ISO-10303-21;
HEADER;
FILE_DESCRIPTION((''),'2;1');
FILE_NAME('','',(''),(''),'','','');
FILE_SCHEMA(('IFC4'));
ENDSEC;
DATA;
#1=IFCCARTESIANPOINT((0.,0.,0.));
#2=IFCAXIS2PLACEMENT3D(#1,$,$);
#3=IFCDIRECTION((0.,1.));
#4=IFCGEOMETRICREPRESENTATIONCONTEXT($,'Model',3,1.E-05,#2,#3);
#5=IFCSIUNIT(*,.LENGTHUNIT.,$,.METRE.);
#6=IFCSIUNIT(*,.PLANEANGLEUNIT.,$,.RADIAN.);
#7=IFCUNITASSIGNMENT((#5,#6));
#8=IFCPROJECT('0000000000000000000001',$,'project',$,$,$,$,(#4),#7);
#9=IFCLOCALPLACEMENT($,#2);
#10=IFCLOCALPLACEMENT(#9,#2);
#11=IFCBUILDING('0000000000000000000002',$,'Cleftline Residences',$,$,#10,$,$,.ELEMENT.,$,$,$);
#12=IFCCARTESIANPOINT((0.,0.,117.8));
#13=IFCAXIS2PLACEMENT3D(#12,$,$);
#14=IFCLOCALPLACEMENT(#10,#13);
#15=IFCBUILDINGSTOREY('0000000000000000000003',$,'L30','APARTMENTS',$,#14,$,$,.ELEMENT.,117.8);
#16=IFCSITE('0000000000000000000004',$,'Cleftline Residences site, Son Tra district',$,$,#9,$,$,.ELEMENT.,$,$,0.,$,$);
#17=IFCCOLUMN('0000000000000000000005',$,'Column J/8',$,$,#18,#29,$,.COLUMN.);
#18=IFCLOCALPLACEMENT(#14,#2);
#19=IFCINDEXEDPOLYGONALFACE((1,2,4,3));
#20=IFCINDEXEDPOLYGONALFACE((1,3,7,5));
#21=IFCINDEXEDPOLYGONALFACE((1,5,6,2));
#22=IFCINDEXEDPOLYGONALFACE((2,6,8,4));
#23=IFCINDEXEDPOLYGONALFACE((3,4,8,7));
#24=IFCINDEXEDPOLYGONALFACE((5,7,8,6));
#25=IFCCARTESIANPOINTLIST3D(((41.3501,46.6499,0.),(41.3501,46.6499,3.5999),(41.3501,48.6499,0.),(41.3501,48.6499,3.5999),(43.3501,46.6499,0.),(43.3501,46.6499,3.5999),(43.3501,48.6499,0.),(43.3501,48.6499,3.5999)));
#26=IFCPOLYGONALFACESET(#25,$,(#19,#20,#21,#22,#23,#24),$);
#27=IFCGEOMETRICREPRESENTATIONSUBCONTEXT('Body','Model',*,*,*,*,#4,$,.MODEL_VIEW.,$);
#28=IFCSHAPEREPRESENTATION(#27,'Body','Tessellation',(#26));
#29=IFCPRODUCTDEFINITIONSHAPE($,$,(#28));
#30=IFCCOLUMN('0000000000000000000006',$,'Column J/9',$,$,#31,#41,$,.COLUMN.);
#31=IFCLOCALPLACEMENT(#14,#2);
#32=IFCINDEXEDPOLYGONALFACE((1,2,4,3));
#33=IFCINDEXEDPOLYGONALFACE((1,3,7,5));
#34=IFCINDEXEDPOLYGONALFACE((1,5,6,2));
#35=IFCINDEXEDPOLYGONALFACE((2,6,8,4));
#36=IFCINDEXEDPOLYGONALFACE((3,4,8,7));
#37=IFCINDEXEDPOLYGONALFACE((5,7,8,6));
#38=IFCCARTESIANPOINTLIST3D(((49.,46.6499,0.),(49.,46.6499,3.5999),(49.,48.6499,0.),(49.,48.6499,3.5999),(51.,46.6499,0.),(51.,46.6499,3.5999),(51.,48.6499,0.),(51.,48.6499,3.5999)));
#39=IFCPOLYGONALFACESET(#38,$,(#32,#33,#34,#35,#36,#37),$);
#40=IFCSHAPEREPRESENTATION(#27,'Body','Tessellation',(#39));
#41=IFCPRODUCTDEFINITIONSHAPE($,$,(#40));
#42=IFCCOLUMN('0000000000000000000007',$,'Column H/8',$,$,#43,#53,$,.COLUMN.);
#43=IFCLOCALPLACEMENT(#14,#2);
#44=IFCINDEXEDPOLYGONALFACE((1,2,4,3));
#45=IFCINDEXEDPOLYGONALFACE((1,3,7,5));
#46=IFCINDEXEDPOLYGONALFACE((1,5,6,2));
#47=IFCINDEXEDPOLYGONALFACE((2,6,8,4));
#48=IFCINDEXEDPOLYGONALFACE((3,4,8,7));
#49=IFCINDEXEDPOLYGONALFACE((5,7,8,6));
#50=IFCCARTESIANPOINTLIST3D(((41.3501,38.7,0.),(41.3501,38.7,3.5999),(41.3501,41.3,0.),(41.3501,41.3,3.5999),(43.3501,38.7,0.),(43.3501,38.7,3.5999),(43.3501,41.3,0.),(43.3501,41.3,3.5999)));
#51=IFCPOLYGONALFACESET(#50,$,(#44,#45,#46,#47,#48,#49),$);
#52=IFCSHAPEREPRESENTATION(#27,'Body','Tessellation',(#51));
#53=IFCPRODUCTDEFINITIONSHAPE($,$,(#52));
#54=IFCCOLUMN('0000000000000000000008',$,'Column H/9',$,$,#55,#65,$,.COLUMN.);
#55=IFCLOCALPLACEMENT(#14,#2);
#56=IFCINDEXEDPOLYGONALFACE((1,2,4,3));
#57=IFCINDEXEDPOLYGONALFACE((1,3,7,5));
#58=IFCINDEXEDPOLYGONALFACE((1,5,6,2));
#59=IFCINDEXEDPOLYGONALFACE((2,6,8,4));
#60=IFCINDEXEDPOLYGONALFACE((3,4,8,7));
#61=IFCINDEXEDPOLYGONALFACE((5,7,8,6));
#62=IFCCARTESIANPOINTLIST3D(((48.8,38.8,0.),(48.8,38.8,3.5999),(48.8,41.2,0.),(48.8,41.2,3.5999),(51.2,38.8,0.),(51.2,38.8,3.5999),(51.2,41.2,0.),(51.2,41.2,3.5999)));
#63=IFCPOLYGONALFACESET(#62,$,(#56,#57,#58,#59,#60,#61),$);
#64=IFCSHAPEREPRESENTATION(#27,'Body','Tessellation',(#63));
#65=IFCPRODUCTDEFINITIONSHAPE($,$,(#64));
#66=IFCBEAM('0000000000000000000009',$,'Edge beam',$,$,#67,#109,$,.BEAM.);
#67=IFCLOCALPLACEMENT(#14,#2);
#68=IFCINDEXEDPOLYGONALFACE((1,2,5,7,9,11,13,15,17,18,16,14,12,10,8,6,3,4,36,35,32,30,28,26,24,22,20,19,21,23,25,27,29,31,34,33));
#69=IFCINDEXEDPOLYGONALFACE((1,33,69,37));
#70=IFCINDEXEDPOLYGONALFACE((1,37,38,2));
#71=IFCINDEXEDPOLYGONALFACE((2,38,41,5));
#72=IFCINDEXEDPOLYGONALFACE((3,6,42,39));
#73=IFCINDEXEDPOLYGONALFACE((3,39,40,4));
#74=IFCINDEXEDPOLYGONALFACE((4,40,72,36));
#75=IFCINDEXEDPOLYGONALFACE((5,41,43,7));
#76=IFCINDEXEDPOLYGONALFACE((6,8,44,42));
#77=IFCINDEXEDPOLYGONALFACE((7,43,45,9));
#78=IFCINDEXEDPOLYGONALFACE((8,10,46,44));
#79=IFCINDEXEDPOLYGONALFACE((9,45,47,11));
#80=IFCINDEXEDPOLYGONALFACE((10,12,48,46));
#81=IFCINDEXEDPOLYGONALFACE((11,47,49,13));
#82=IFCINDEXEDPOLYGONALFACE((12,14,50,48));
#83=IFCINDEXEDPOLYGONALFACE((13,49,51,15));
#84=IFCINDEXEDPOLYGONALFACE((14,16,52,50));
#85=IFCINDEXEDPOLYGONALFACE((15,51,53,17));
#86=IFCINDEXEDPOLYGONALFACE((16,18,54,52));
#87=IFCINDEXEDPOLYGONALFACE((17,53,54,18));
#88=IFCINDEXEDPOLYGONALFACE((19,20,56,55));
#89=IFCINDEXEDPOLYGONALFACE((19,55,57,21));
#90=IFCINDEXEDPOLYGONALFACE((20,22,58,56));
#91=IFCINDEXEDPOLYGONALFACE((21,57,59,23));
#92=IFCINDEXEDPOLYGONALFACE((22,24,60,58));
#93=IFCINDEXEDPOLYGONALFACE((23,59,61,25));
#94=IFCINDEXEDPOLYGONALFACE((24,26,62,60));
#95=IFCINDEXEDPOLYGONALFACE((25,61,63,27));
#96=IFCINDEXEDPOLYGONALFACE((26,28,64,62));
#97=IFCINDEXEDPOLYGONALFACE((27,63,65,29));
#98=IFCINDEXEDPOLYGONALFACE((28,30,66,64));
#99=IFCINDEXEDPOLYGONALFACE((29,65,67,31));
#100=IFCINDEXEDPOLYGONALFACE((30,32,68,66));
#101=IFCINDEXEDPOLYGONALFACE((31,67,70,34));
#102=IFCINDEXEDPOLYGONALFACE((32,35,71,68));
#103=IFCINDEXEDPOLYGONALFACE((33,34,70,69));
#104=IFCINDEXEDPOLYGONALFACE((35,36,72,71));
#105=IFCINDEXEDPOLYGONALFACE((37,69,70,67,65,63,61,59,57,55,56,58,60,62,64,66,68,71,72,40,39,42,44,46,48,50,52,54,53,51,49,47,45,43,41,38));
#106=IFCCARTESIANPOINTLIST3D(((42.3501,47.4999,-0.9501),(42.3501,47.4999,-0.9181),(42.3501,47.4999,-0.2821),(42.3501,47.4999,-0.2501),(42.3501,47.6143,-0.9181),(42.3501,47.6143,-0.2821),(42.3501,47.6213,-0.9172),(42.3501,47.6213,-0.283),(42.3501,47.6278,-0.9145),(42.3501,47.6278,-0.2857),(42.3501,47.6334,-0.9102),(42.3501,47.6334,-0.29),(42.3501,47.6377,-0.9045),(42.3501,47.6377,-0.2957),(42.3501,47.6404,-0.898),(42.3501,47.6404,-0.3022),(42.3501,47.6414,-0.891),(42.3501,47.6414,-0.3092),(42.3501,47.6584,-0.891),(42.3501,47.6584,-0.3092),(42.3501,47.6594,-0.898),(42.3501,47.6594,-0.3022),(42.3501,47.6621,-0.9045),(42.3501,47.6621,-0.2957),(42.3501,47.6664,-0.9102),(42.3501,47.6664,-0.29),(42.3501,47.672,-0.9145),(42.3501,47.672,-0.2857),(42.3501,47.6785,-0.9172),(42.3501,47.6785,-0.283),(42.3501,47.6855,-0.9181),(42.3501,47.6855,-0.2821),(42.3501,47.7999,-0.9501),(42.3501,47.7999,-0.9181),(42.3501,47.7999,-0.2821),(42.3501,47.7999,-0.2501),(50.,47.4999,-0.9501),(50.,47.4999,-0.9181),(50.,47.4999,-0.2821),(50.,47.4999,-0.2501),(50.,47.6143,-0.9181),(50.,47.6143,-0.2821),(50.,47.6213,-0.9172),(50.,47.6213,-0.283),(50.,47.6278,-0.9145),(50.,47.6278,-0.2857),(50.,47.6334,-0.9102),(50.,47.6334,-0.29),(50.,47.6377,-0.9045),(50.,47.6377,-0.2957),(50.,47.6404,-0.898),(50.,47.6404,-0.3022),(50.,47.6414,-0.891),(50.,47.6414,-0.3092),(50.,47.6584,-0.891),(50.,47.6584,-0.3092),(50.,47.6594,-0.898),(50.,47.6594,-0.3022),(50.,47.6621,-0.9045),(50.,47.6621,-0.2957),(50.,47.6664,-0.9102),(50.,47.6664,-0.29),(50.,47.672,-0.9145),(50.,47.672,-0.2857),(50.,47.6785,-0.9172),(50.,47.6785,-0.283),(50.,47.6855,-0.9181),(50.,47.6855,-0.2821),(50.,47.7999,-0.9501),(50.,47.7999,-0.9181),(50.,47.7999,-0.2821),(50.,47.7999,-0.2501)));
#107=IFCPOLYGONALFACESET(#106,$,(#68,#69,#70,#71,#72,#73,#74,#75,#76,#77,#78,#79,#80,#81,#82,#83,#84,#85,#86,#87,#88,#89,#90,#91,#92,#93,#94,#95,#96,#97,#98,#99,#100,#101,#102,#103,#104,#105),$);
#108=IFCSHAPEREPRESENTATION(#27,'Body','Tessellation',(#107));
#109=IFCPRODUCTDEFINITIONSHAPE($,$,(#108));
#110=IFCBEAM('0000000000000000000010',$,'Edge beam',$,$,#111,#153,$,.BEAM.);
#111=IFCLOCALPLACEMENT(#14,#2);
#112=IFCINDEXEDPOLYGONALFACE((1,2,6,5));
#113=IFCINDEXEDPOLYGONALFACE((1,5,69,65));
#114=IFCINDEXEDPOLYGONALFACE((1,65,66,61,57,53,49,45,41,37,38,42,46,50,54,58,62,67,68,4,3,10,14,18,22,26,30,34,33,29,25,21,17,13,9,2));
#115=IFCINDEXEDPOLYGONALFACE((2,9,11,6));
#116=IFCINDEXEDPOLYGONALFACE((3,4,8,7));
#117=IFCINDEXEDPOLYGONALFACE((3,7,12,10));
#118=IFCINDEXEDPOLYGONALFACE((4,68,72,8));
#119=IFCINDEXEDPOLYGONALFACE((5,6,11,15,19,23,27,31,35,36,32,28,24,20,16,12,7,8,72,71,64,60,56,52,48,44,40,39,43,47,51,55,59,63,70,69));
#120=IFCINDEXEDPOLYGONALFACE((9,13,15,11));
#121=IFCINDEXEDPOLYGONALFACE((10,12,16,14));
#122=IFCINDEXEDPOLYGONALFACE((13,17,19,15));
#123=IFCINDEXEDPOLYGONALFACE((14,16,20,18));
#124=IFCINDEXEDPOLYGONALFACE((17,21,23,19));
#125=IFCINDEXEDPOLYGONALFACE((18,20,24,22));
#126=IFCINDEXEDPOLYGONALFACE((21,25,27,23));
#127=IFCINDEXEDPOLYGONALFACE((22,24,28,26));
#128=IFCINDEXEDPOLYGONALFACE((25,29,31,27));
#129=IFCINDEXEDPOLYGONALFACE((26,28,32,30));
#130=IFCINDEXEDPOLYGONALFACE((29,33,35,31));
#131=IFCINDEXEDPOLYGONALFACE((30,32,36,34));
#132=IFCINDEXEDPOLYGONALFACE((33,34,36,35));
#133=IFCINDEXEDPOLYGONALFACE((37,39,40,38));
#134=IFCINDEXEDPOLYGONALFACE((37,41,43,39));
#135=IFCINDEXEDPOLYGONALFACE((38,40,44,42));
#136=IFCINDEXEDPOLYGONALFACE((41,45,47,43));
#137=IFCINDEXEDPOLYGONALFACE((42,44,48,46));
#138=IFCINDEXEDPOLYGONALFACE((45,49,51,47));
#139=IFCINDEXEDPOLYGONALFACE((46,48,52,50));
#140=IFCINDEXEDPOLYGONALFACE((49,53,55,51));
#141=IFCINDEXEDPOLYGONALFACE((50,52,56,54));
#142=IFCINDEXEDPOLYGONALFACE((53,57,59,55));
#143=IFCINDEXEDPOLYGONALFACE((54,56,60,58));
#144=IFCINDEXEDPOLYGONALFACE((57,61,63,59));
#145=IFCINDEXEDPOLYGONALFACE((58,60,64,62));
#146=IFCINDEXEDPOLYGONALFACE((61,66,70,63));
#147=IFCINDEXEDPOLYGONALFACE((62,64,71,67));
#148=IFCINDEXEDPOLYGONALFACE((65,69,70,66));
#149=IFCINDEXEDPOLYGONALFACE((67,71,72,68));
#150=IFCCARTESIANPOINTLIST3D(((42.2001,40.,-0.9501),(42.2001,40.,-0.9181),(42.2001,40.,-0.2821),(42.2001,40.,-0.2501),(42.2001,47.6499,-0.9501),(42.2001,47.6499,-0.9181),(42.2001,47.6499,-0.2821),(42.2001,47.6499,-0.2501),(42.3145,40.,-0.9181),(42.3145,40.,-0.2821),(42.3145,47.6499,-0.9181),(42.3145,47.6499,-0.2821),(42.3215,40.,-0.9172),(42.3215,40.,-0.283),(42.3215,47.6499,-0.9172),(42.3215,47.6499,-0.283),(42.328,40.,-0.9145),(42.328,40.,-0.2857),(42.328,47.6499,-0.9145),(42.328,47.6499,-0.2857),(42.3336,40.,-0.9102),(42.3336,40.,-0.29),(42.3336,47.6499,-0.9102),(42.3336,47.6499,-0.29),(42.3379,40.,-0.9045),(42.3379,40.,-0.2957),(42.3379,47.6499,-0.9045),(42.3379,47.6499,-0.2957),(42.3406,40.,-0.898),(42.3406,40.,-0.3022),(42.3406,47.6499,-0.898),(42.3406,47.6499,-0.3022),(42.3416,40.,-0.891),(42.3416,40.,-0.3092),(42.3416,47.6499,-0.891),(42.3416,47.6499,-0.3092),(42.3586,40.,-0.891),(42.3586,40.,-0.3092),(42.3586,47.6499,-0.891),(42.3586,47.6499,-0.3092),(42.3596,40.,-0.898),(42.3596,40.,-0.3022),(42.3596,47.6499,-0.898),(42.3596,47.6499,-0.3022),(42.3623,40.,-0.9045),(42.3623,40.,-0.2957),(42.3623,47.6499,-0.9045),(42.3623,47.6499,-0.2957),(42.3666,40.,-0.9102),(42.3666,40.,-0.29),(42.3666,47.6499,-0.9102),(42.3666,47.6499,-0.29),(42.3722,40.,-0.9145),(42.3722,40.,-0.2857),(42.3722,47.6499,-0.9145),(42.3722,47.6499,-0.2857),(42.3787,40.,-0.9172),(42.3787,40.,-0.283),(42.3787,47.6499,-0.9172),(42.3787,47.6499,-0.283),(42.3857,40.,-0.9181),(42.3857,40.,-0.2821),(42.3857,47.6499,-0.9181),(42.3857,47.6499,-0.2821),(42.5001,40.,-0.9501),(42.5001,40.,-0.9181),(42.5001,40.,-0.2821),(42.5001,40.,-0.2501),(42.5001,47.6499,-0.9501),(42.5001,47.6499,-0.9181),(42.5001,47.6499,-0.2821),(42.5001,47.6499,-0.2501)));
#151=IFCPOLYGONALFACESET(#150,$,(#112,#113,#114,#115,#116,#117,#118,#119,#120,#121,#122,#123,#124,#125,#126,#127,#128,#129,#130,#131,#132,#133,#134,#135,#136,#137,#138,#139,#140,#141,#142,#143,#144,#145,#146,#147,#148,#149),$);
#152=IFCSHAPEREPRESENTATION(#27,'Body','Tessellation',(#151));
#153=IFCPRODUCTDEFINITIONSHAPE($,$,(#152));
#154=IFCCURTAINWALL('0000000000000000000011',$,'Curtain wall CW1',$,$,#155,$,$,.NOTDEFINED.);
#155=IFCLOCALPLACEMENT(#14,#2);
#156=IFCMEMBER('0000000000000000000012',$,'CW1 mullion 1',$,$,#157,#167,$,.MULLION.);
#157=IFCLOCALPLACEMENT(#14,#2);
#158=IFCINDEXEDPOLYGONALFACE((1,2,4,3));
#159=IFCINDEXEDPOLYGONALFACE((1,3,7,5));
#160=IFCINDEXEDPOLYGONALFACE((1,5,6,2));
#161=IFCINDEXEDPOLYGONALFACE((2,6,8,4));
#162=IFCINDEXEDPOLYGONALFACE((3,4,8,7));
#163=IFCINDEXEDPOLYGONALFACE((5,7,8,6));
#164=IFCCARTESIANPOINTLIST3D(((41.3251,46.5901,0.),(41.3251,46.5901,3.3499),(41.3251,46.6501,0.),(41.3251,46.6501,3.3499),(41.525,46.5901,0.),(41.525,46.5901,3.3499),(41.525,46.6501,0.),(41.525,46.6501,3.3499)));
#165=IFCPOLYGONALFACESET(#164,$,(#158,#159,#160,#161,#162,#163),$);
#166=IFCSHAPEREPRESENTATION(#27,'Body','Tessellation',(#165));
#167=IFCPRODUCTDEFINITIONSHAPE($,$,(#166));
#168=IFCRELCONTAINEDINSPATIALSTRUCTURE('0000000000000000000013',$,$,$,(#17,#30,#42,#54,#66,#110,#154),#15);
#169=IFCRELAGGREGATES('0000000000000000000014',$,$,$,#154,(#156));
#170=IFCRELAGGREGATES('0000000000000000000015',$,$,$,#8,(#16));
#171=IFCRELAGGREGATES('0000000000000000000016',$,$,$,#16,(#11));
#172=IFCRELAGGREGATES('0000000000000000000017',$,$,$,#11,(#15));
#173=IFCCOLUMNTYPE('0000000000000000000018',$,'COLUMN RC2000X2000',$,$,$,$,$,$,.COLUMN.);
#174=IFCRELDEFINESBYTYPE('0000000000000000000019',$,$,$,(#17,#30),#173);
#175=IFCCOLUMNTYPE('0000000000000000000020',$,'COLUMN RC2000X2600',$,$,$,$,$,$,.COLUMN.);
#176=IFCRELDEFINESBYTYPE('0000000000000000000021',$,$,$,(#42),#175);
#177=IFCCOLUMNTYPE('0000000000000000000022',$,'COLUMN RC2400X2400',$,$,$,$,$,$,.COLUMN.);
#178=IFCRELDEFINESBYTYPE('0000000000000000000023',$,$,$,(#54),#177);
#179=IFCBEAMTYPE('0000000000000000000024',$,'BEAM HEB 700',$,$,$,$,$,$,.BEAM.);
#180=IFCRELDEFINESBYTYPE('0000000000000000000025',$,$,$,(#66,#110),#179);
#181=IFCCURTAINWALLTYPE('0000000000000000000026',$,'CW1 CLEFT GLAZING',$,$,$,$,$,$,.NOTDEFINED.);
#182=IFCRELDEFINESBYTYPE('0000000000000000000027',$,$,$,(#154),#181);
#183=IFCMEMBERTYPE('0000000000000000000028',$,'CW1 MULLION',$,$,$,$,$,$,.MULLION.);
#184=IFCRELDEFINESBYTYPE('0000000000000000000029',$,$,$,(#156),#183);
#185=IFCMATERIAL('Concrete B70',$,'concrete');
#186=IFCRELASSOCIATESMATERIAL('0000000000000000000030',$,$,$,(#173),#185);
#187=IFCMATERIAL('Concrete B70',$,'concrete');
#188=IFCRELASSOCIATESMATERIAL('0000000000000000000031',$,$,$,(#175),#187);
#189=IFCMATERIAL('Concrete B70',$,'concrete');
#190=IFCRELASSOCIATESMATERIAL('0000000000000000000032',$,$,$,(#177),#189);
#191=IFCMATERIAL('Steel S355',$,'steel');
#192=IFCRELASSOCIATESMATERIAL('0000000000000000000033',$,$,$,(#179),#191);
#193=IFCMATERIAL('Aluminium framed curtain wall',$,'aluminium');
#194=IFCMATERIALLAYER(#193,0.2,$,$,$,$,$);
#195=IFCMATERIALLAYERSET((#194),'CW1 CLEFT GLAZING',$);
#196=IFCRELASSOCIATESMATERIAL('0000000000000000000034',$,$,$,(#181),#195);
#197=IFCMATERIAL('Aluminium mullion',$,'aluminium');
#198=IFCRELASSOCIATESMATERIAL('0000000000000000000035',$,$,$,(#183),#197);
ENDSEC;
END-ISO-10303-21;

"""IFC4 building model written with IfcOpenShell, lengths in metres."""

from ifc_helpers import new_model, si_unit, direction, frame, origin, origin_2d, place, context, subcontext, project, spatial, rectangle, i_section, extrude, material, layer, layer_set, material_profile, profile_set, type_object, element, aggregate, save


model = new_model("IFC4")

# Units and contexts
model_context = context("Model", 3, precision=1e-05, world=origin(), true_north=direction((0.0, 1.0)))
body_context = subcontext(model_context, "Body", "Model", "MODEL_VIEW")
ifc_project = project(units=[si_unit("LENGTHUNIT", "METRE"), si_unit("PLANEANGLEUNIT", "RADIAN")], contexts=[model_context])

# Site, building, storey
site_placement = place(None, origin())
site = spatial("IfcSite", under=ifc_project, at=site_placement, Name="Cleftline Residences site, Son Tra district", CompositionType="ELEMENT", RefElevation=0.0)
building_placement = place(site_placement, origin())
building = spatial("IfcBuilding", under=site, at=building_placement, Name="Cleftline Residences", CompositionType="ELEMENT")
storey_placement = place(building_placement, frame((0.0, 0.0, 117.8)))
storey = spatial("IfcBuildingStorey", under=building, at=storey_placement, Name="L30", Description="APARTMENTS", CompositionType="ELEMENT", Elevation=117.8)

# Columns
ifc_material_1 = material(Name="Concrete B70", Category="concrete")
ifc_material_profile_1 = material_profile(ifc_material_1, rectangle(XDim=2.0, YDim=2.0, at=origin_2d()))
ifc_profile_set_1 = profile_set([ifc_material_profile_1], Name="Concrete B70")
column_type_1 = type_object("IfcColumnType", Name="COLUMN RC2000X2000", PredefinedType="COLUMN", material=ifc_profile_set_1)
for number, where, z_axis, x_axis, name in (
    (1, (42.3501, 47.6499, 0.0), (0.0, 0.0, 1.0), (1.0, 0.0, 0.0), "Column J/8"),
    (2, (50.0, 47.6499, 0.0), (0.0, 0.0, 1.0), (1.0, 0.0, 0.0), "Column J/9"),
):
    element("IfcColumn", number, at=place(storey_placement, frame(where, z_axis=z_axis, x_axis=x_axis)), inside=storey, type_object=column_type_1, Name=name, PredefinedType="COLUMN", context=body_context, shape_type="SweptSolid", body=[
        extrude(rectangle(XDim=2.0, YDim=2.0, at=origin_2d()), origin(), (0.0, 0.0, 1.0), 3.5999),
    ])
ifc_material_2 = material(Name="Concrete B70", Category="concrete")
ifc_material_profile_2 = material_profile(ifc_material_2, rectangle(XDim=2.0, YDim=2.6001, at=origin_2d()))
ifc_profile_set_2 = profile_set([ifc_material_profile_2], Name="Concrete B70")
column_type_2 = type_object("IfcColumnType", Name="COLUMN RC2000X2600", PredefinedType="COLUMN", material=ifc_profile_set_2)
column_1_placement = place(storey_placement, frame((42.3501, 40.0, 0.0), z_axis=(0.0, 0.0, 1.0), x_axis=(1.0, 0.0, 0.0)))
element("IfcColumn", 3, at=column_1_placement, inside=storey, type_object=column_type_2, Name="Column H/8", PredefinedType="COLUMN", context=body_context, shape_type="SweptSolid", body=[
    extrude(rectangle(XDim=2.0, YDim=2.6001, at=origin_2d()), origin(), (0.0, 0.0, 1.0), 3.5999),
])
ifc_material_3 = material(Name="Concrete B70", Category="concrete")
ifc_material_profile_3 = material_profile(ifc_material_3, rectangle(XDim=2.3999, YDim=2.3999, at=origin_2d()))
ifc_profile_set_3 = profile_set([ifc_material_profile_3], Name="Concrete B70")
column_type_3 = type_object("IfcColumnType", Name="COLUMN RC2400X2400", PredefinedType="COLUMN", material=ifc_profile_set_3)
column_2_placement = place(storey_placement, frame((50.0, 40.0, 0.0), z_axis=(0.0, 0.0, 1.0), x_axis=(1.0, 0.0, 0.0)))
element("IfcColumn", 4, at=column_2_placement, inside=storey, type_object=column_type_3, Name="Column H/9", PredefinedType="COLUMN", context=body_context, shape_type="SweptSolid", body=[
    extrude(rectangle(XDim=2.3999, YDim=2.3999, at=origin_2d()), origin(), (0.0, 0.0, 1.0), 3.5999),
])

# Beams
ifc_material_4 = material(Name="Steel S355", Category="steel")
ifc_material_profile_4 = material_profile(ifc_material_4, i_section(OverallWidth=0.3, OverallDepth=0.7, WebThickness=0.0171, FlangeThickness=0.032, FilletRadius=0.0271, at=origin_2d()))
ifc_profile_set_4 = profile_set([ifc_material_profile_4], Name="Steel S355")
beam_type = type_object("IfcBeamType", Name="BEAM HEB 700", PredefinedType="BEAM", material=ifc_profile_set_4)
for number, where, z_axis, x_axis, name in (
    (5, (50.0, 47.6499, -0.6001), (-1.0, 0.0, 0.0), (0.0, -1.0, 0.0), "Edge beam"),
    (6, (42.3501, 47.6499, -0.6001), (0.0, -1.0, 0.0), (1.0, 0.0, 0.0), "Edge beam"),
):
    element("IfcBeam", number, at=place(storey_placement, frame(where, z_axis=z_axis, x_axis=x_axis)), inside=storey, type_object=beam_type, Name=name, PredefinedType="BEAM", context=body_context, shape_type="SweptSolid", body=[
        extrude(i_section(OverallWidth=0.3, OverallDepth=0.7, WebThickness=0.0171, FlangeThickness=0.032, FilletRadius=0.0271, at=origin_2d()), origin(), (0.0, 0.0, 1.0), 7.6499),
    ])

# Curtain wall, member
ifc_material_5 = material(Name="Aluminium framed curtain wall", Category="aluminium")
ifc_layer_1 = layer(ifc_material_5, 0.2)
ifc_layer_set_1 = layer_set([ifc_layer_1], Name="CW1 CLEFT GLAZING")
curtain_wall_type = type_object("IfcCurtainWallType", Name="CW1 CLEFT GLAZING", PredefinedType="NOTDEFINED", material=ifc_layer_set_1)
curtain_wall_placement = place(storey_placement, origin())
curtain_wall = element("IfcCurtainWall", 7, at=curtain_wall_placement, inside=storey, type_object=curtain_wall_type, Name="Curtain wall CW1", PredefinedType="NOTDEFINED")
ifc_material_6 = material(Name="Aluminium mullion", Category="aluminium")
ifc_material_profile_5 = material_profile(ifc_material_6, rectangle(XDim=0.2, YDim=0.0601, at=origin_2d()))
ifc_profile_set_5 = profile_set([ifc_material_profile_5], Name="Aluminium mullion")
member_type = type_object("IfcMemberType", Name="CW1 MULLION", PredefinedType="MULLION", material=ifc_profile_set_5)
member_placement = place(storey_placement, frame((41.425, 46.6201, 0.0), z_axis=(0.0, 0.0, 1.0), x_axis=(1.0, 0.0, 0.0)))
member = element("IfcMember", 8, at=member_placement, type_object=member_type, Name="CW1 mullion 1", PredefinedType="MULLION", context=body_context, shape_type="SweptSolid", body=[
    extrude(rectangle(XDim=0.2, YDim=0.0601, at=origin_2d()), origin(), (0.0, 0.0, 1.0), 3.3499),
])
aggregate(curtain_wall, [member])

save(model, "model.ifc")
